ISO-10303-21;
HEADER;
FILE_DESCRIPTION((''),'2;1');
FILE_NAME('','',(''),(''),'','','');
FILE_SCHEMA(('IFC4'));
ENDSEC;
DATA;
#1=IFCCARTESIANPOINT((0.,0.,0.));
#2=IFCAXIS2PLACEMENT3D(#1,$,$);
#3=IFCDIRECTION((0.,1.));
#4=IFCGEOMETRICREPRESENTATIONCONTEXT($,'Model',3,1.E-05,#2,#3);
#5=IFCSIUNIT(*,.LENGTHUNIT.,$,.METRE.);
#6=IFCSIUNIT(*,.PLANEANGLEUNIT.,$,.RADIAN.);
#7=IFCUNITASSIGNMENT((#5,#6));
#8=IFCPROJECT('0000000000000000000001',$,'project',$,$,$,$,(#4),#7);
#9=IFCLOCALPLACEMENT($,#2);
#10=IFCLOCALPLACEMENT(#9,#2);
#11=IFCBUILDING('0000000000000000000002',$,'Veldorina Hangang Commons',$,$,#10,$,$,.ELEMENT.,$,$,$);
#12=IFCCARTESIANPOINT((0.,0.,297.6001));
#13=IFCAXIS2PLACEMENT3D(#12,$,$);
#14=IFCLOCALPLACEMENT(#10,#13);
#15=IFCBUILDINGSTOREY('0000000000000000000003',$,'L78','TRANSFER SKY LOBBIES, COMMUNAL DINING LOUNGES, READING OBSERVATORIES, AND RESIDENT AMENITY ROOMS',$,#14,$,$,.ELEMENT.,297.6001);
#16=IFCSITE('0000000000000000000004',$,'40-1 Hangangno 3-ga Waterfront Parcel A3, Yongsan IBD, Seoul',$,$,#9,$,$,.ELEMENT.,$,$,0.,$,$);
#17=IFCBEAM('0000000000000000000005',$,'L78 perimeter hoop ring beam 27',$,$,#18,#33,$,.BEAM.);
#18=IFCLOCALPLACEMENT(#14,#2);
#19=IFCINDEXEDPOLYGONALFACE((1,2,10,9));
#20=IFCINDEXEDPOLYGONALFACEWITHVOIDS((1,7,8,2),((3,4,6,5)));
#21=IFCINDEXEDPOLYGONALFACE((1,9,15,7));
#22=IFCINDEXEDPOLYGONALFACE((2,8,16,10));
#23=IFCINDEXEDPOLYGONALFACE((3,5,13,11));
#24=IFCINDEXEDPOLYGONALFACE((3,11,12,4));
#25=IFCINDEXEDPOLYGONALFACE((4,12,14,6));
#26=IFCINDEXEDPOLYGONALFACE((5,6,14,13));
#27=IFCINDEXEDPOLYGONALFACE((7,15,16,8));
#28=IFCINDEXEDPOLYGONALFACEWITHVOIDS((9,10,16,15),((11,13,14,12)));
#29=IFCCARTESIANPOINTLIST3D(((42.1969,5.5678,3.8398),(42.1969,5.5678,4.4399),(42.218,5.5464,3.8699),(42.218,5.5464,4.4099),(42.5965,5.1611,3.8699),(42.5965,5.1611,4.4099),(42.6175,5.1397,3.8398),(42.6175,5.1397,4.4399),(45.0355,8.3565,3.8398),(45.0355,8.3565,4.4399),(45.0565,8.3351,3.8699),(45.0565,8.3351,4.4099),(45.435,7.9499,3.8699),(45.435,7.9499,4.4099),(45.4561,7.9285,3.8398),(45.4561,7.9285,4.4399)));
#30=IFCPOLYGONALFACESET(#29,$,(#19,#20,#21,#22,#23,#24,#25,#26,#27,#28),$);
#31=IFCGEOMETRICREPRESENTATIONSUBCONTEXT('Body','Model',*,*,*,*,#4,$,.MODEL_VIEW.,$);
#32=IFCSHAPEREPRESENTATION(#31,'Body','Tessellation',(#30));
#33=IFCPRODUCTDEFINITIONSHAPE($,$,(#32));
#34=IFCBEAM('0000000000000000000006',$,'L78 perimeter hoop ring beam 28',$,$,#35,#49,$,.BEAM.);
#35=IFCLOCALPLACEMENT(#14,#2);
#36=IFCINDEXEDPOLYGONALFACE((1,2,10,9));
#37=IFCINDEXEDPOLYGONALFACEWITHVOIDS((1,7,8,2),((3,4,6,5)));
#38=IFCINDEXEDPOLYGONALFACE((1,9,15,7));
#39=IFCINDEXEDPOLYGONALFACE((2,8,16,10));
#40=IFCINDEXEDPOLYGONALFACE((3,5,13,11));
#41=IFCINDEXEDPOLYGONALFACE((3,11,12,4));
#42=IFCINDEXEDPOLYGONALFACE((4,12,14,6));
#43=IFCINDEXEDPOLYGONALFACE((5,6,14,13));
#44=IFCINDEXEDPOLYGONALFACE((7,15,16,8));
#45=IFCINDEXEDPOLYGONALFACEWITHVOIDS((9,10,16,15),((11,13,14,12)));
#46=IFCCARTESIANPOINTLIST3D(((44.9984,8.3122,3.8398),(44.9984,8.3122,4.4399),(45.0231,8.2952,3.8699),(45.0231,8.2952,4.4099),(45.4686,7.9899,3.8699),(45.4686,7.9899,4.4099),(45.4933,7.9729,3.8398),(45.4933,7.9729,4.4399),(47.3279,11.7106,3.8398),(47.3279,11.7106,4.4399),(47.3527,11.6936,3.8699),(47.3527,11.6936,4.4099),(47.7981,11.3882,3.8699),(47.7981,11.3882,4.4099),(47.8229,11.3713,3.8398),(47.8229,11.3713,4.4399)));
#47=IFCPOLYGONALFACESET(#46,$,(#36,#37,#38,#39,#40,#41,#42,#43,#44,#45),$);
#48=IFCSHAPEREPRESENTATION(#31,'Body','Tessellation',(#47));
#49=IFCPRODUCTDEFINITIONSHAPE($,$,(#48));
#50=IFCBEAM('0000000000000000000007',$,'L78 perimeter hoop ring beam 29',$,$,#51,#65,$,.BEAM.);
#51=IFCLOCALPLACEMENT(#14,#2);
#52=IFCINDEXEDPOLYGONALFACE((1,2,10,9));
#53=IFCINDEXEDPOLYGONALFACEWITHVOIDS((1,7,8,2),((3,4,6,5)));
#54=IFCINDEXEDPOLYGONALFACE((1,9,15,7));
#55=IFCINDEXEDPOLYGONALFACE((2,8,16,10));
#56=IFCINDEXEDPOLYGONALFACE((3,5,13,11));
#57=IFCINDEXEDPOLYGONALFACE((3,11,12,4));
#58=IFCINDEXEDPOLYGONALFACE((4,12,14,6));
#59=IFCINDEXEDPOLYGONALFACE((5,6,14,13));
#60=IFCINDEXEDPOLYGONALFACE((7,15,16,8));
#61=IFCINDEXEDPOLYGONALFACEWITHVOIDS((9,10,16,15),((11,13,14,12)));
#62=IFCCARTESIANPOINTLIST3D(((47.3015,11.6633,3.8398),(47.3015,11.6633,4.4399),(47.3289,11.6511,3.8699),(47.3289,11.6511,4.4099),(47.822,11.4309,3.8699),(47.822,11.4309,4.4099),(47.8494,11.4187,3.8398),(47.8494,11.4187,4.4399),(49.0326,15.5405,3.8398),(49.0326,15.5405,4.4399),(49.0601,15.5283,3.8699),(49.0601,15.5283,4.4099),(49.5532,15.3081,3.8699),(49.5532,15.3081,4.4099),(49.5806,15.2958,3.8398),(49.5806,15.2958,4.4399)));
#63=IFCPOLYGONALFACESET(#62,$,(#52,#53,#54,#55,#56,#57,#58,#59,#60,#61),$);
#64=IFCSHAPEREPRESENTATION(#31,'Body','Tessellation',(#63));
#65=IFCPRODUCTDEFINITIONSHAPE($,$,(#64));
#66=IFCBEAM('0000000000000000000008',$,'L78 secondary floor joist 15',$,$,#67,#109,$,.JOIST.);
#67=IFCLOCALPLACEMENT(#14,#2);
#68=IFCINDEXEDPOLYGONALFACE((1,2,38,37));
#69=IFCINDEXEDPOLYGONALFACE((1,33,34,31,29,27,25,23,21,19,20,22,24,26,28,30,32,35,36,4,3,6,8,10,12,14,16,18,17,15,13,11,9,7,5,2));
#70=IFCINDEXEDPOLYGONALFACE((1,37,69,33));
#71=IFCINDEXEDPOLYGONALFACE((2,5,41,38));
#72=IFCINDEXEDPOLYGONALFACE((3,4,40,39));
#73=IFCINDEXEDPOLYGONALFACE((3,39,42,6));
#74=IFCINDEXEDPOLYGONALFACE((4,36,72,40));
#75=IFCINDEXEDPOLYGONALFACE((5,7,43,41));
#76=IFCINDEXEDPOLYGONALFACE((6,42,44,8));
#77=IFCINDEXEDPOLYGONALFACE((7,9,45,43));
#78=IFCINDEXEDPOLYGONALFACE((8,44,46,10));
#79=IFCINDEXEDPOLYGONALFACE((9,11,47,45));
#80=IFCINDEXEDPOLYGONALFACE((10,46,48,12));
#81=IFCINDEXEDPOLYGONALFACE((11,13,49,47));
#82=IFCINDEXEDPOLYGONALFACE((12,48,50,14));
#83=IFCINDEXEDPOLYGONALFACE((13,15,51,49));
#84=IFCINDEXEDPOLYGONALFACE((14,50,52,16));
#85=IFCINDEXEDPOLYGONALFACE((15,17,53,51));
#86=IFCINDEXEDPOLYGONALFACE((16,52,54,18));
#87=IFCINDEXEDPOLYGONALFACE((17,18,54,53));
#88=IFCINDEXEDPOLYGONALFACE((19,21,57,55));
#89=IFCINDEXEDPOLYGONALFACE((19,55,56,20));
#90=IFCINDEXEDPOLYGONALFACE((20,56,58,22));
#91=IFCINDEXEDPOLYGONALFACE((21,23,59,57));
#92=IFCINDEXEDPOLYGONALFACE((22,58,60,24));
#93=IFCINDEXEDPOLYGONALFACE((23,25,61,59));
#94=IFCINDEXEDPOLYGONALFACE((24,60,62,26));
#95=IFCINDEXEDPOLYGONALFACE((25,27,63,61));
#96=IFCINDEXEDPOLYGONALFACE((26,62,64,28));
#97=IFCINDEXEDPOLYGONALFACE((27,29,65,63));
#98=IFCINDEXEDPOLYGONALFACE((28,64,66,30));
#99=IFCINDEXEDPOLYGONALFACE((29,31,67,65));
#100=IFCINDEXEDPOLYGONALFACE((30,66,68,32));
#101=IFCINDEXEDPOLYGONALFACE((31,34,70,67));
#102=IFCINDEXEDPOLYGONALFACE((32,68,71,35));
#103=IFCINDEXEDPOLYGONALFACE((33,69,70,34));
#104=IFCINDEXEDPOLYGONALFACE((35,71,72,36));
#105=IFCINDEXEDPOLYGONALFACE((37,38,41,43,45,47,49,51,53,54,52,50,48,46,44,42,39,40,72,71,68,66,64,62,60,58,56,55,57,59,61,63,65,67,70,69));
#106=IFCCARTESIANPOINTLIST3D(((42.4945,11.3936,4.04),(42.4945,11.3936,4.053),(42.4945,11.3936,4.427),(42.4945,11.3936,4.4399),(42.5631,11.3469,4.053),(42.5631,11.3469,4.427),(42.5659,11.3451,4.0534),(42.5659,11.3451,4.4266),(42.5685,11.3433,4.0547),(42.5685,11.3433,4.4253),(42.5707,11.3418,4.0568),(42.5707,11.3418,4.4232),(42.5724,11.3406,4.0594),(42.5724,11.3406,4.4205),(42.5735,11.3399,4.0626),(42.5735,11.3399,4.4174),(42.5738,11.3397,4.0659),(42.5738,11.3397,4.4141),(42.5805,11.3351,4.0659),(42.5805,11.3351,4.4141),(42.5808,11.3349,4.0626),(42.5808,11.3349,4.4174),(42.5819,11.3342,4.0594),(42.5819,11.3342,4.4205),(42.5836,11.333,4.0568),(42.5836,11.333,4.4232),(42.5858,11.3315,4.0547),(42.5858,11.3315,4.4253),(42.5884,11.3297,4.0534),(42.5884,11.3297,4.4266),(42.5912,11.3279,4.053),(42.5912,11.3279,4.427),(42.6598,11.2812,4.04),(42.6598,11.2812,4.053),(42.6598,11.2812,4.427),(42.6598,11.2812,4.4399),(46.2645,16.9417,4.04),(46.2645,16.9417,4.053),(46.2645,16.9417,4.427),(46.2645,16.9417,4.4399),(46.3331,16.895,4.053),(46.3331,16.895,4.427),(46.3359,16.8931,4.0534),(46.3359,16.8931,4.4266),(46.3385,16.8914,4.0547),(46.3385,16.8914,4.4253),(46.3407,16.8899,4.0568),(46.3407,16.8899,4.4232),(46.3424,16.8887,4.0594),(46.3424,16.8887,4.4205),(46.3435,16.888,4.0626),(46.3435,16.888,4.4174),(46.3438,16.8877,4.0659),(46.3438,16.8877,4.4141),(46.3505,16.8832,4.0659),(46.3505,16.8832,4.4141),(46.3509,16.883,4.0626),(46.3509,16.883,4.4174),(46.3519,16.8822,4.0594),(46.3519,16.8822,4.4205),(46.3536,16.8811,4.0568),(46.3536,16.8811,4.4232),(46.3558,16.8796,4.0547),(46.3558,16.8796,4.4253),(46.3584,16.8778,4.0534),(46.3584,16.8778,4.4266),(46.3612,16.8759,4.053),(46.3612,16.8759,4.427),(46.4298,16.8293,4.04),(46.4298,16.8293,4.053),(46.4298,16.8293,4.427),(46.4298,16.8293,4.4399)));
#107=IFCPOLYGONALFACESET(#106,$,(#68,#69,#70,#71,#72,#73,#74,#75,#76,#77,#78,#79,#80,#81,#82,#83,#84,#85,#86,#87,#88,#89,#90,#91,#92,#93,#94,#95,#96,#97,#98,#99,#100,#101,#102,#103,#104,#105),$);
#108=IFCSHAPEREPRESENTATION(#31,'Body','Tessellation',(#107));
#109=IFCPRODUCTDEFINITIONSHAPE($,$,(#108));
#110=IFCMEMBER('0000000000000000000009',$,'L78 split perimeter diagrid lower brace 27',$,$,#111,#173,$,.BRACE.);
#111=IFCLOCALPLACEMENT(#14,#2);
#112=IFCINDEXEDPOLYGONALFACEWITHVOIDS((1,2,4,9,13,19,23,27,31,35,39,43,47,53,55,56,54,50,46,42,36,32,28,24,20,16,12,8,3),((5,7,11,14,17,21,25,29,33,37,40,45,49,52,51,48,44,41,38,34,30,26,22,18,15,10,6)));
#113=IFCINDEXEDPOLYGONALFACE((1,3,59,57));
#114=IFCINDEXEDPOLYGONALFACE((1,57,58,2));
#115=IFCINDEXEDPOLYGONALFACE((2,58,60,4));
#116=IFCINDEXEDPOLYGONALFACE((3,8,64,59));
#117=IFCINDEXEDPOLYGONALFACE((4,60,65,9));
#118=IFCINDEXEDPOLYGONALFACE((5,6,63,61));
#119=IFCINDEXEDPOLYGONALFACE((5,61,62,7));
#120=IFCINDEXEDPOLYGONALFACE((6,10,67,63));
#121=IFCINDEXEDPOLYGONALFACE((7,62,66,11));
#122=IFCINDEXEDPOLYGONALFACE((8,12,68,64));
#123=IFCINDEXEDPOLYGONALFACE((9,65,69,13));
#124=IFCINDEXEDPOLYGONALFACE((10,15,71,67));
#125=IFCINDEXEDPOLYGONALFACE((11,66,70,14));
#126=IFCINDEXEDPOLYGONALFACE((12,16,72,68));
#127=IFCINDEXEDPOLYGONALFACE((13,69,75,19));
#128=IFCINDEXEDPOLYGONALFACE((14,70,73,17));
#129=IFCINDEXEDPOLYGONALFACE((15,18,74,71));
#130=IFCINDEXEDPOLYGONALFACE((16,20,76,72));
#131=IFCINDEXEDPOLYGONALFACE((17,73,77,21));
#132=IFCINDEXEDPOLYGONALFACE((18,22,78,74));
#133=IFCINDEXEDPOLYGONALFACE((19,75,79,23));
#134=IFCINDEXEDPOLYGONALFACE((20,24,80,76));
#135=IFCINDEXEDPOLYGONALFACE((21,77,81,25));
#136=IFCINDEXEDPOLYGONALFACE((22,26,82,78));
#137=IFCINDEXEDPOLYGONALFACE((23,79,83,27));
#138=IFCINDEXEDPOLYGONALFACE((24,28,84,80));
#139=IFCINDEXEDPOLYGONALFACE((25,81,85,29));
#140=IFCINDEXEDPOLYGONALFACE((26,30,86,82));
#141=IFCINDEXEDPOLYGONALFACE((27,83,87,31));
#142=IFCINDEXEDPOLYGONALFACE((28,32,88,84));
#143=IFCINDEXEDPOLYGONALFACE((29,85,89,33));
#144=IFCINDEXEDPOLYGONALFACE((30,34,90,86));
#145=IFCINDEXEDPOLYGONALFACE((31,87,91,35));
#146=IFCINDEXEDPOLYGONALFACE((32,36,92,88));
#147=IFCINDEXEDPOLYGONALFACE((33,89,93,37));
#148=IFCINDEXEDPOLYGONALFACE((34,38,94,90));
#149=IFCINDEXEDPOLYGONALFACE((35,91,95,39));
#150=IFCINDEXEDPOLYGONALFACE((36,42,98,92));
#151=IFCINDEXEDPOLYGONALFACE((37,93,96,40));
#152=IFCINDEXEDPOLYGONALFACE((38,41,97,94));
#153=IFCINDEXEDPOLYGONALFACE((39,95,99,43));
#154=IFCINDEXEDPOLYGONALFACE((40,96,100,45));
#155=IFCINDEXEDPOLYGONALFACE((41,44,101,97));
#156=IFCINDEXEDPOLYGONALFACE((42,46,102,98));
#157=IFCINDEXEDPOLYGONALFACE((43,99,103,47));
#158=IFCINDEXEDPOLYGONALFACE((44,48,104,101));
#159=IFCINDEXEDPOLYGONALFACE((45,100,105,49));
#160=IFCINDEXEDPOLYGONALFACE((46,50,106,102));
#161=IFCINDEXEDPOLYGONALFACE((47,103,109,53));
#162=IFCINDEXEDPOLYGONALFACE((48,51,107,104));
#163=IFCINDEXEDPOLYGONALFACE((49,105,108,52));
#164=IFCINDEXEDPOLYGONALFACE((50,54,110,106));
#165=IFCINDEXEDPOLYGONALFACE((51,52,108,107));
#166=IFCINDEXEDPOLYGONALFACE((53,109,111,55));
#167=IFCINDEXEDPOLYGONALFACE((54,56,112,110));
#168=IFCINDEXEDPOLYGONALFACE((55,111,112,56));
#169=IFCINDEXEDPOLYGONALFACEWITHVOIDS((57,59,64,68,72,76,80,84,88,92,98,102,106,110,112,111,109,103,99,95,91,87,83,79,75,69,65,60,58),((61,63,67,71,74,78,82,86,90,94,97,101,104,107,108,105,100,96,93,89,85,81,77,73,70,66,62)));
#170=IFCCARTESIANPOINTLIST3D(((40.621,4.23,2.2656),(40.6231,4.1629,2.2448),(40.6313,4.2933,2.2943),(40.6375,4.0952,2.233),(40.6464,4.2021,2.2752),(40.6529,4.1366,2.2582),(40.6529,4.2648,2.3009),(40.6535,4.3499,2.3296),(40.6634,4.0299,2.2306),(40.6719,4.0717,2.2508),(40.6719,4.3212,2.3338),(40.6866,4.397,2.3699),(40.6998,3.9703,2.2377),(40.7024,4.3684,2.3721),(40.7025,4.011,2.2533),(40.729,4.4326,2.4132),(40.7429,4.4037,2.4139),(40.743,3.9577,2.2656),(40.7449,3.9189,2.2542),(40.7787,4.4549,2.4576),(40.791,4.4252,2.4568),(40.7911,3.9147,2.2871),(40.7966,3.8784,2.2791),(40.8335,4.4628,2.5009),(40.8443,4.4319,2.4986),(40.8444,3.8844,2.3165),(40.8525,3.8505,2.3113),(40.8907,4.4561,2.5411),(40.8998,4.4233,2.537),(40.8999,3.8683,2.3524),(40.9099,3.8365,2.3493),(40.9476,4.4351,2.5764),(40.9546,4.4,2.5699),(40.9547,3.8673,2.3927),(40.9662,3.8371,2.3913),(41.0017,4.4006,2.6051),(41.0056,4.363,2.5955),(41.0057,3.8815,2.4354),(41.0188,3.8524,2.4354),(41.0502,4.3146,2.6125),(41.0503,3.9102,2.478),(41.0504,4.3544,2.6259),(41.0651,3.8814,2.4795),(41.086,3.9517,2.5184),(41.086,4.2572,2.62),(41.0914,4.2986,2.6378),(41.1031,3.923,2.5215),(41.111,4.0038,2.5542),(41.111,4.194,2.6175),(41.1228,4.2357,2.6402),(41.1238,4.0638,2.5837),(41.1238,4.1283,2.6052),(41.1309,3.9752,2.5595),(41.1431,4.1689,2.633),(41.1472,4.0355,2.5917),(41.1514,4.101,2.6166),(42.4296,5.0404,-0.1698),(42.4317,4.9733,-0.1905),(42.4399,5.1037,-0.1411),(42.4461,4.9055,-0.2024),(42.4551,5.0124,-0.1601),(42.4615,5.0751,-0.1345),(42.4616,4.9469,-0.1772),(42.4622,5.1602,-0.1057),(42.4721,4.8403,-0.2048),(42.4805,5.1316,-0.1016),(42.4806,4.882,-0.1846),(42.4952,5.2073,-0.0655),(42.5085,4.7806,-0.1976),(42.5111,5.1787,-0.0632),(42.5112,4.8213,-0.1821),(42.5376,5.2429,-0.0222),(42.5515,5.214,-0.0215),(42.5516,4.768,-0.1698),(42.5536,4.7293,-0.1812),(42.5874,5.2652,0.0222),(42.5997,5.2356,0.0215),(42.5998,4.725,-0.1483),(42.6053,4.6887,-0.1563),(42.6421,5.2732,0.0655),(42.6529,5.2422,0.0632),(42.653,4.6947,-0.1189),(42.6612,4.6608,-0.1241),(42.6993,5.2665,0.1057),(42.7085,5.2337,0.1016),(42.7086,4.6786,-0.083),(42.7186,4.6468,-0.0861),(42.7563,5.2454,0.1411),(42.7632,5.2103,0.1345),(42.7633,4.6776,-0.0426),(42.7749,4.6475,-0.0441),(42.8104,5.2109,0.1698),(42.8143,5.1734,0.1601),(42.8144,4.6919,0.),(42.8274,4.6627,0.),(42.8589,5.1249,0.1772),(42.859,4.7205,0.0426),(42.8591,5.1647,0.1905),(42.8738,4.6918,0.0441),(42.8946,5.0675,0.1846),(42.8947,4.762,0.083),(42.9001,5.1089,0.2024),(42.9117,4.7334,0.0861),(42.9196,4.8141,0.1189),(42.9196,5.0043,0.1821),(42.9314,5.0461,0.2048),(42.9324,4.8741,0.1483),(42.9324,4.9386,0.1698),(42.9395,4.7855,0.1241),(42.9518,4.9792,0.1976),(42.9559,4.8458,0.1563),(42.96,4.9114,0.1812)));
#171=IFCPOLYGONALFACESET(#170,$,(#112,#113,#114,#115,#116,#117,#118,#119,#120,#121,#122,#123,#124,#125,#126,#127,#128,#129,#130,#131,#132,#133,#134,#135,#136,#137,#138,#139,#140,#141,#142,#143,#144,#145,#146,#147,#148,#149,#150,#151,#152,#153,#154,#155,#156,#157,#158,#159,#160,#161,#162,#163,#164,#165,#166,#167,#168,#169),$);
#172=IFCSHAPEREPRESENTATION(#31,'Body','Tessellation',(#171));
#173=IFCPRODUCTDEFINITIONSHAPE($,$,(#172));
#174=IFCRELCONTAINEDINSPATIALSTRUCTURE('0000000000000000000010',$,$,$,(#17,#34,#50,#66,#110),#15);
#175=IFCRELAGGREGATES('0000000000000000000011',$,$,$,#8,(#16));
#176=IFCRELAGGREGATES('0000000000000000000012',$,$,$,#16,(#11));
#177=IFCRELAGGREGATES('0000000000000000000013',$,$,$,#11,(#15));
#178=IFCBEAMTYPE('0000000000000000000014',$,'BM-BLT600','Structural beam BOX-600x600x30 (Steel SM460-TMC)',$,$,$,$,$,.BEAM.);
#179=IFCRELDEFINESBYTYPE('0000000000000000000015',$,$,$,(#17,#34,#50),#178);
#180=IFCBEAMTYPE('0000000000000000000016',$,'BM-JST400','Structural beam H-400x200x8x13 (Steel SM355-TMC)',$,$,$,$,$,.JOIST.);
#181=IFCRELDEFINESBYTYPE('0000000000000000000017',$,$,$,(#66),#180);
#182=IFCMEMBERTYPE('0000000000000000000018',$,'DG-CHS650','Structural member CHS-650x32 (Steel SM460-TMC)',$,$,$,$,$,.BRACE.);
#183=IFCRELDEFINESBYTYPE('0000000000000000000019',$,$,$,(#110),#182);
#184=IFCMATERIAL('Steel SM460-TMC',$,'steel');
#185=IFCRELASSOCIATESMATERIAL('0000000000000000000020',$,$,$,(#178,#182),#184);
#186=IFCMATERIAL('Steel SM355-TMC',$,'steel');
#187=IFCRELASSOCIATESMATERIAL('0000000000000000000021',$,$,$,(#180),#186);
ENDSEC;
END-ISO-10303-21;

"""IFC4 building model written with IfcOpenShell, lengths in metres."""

from ifc_helpers import new_model, si_unit, direction, frame, origin, origin_2d, place, context, subcontext, project, spatial, hollow_rectangle, hollow_circle, i_section, extrude, material, material_profile, profile_set, type_object, element, save


model = new_model("IFC4")

# Units and contexts
model_context = context("Model", 3, precision=1e-05, world=origin(), true_north=direction((0.0, 1.0)))
body_context = subcontext(model_context, "Body", "Model", "MODEL_VIEW")
ifc_project = project(units=[si_unit("LENGTHUNIT", "METRE"), si_unit("PLANEANGLEUNIT", "RADIAN")], contexts=[model_context])

# Site, building, storey
site_placement = place(None, origin())
site = spatial("IfcSite", under=ifc_project, at=site_placement, Name="40-1 Hangangno 3-ga Waterfront Parcel A3, Yongsan IBD, Seoul", CompositionType="ELEMENT", RefElevation=0.0)
building_placement = place(site_placement, origin())
building = spatial("IfcBuilding", under=site, at=building_placement, Name="Veldorina Hangang Commons", CompositionType="ELEMENT")
storey_placement = place(building_placement, frame((0.0, 0.0, 297.6001)))
storey = spatial("IfcBuildingStorey", under=building, at=storey_placement, Name="L78", Description="TRANSFER SKY LOBBIES, COMMUNAL DINING LOUNGES, READING OBSERVATORIES, AND RESIDENT AMENITY ROOMS", CompositionType="ELEMENT", Elevation=297.6001)

# Beams
ifc_material_1 = material(Name="Steel SM460-TMC", Category="steel")
ifc_material_profile_1 = material_profile(ifc_material_1, hollow_rectangle(XDim=0.6001, YDim=0.6001, WallThickness=0.03, at=origin_2d()), Name="BOX-600x600x30")
ifc_profile_set_1 = profile_set([ifc_material_profile_1], Name="Steel SM460-TMC")
beam_type_1 = type_object("IfcBeamType", Name="BM-BLT600", Description="Structural beam BOX-600x600x30 (Steel SM460-TMC)", PredefinedType="BEAM", material=ifc_profile_set_1)
beam_1_placement = place(storey_placement, frame((42.4072, 5.3538, 4.1399), z_axis=(0.713337, 0.700821, 0.0), x_axis=(-0.700821, 0.713337, 0.0)))
element("IfcBeam", 1, at=beam_1_placement, inside=storey, type_object=beam_type_1, Name="L78 perimeter hoop ring beam 27", PredefinedType="BEAM", context=body_context, shape_type="SweptSolid", body=[
    extrude(hollow_rectangle(XDim=0.6001, YDim=0.6001, WallThickness=0.03, at=origin_2d()), origin(), (0.0, 0.0, 1.0), 3.9792),
])
beam_2_placement = place(storey_placement, frame((45.2458, 8.1426, 4.1399), z_axis=(0.565402, 0.824816, 0.0), x_axis=(-0.824816, 0.565402, 0.0)))
element("IfcBeam", 2, at=beam_2_placement, inside=storey, type_object=beam_type_1, Name="L78 perimeter hoop ring beam 28", PredefinedType="BEAM", context=body_context, shape_type="SweptSolid", body=[
    extrude(hollow_rectangle(XDim=0.6001, YDim=0.6001, WallThickness=0.03, at=origin_2d()), origin(), (0.0, 0.0, 1.0), 4.1201),
])
beam_3_placement = place(storey_placement, frame((47.5754, 11.541, 4.1399), z_axis=(0.407712, 0.913111, 0.0), x_axis=(-0.913111, 0.407712, 0.0)))
element("IfcBeam", 3, at=beam_3_placement, inside=storey, type_object=beam_type_1, Name="L78 perimeter hoop ring beam 29", PredefinedType="BEAM", context=body_context, shape_type="SweptSolid", body=[
    extrude(hollow_rectangle(XDim=0.6001, YDim=0.6001, WallThickness=0.03, at=origin_2d()), origin(), (0.0, 0.0, 1.0), 4.2461),
])
ifc_material_2 = material(Name="Steel SM355-TMC", Category="steel")
ifc_material_profile_2 = material_profile(ifc_material_2, i_section(OverallWidth=0.2, OverallDepth=0.3999, WebThickness=0.0081, FlangeThickness=0.0129, FilletRadius=0.0129, at=origin_2d()), Name="H-400x200x8x13")
ifc_profile_set_2 = profile_set([ifc_material_profile_2], Name="Steel SM355-TMC")
beam_type_2 = type_object("IfcBeamType", Name="BM-JST400", Description="Structural beam H-400x200x8x13 (Steel SM355-TMC)", PredefinedType="JOIST", material=ifc_profile_set_2)
beam_4_placement = place(storey_placement, frame((42.5771, 11.3374, 4.24), z_axis=(0.562036, 0.827113, 0.0), x_axis=(-0.827113, 0.562036, 0.0)))
element("IfcBeam", 4, at=beam_4_placement, inside=storey, type_object=beam_type_2, Name="L78 secondary floor joist 15", PredefinedType="JOIST", context=body_context, shape_type="SweptSolid", body=[
    extrude(i_section(OverallWidth=0.2, OverallDepth=0.3999, WebThickness=0.0081, FlangeThickness=0.0129, FilletRadius=0.0129, at=origin_2d()), origin(), (0.0, 0.0, 1.0), 6.7078),
])

# Member
ifc_material_profile_3 = material_profile(ifc_material_1, hollow_circle(Radius=0.325, WallThickness=0.032, at=origin_2d()), Name="CHS-650x32")
ifc_profile_set_3 = profile_set([ifc_material_profile_3], Name="Steel SM460-TMC")
member_type_1 = type_object("IfcMemberType", Name="DG-CHS650", Description="Structural member CHS-650x32 (Steel SM460-TMC)", PredefinedType="BRACE", material=ifc_profile_set_3)
member_1_placement = place(storey_placement, frame((42.6946, 4.9592, 0.0), z_axis=(-0.576023, -0.258075, 0.775625), x_axis=(0.408868, -0.912593, 0.0)))
element("IfcMember", 5, at=member_1_placement, inside=storey, type_object=member_type_1, Name="L78 split perimeter diagrid lower brace 27", PredefinedType="BRACE", context=body_context, shape_type="SweptSolid", body=[
    extrude(hollow_circle(Radius=0.325, WallThickness=0.032, at=origin_2d()), origin(), (0.0, 0.0, 1.0), 3.1399),
])

save(model, "model.ifc")
